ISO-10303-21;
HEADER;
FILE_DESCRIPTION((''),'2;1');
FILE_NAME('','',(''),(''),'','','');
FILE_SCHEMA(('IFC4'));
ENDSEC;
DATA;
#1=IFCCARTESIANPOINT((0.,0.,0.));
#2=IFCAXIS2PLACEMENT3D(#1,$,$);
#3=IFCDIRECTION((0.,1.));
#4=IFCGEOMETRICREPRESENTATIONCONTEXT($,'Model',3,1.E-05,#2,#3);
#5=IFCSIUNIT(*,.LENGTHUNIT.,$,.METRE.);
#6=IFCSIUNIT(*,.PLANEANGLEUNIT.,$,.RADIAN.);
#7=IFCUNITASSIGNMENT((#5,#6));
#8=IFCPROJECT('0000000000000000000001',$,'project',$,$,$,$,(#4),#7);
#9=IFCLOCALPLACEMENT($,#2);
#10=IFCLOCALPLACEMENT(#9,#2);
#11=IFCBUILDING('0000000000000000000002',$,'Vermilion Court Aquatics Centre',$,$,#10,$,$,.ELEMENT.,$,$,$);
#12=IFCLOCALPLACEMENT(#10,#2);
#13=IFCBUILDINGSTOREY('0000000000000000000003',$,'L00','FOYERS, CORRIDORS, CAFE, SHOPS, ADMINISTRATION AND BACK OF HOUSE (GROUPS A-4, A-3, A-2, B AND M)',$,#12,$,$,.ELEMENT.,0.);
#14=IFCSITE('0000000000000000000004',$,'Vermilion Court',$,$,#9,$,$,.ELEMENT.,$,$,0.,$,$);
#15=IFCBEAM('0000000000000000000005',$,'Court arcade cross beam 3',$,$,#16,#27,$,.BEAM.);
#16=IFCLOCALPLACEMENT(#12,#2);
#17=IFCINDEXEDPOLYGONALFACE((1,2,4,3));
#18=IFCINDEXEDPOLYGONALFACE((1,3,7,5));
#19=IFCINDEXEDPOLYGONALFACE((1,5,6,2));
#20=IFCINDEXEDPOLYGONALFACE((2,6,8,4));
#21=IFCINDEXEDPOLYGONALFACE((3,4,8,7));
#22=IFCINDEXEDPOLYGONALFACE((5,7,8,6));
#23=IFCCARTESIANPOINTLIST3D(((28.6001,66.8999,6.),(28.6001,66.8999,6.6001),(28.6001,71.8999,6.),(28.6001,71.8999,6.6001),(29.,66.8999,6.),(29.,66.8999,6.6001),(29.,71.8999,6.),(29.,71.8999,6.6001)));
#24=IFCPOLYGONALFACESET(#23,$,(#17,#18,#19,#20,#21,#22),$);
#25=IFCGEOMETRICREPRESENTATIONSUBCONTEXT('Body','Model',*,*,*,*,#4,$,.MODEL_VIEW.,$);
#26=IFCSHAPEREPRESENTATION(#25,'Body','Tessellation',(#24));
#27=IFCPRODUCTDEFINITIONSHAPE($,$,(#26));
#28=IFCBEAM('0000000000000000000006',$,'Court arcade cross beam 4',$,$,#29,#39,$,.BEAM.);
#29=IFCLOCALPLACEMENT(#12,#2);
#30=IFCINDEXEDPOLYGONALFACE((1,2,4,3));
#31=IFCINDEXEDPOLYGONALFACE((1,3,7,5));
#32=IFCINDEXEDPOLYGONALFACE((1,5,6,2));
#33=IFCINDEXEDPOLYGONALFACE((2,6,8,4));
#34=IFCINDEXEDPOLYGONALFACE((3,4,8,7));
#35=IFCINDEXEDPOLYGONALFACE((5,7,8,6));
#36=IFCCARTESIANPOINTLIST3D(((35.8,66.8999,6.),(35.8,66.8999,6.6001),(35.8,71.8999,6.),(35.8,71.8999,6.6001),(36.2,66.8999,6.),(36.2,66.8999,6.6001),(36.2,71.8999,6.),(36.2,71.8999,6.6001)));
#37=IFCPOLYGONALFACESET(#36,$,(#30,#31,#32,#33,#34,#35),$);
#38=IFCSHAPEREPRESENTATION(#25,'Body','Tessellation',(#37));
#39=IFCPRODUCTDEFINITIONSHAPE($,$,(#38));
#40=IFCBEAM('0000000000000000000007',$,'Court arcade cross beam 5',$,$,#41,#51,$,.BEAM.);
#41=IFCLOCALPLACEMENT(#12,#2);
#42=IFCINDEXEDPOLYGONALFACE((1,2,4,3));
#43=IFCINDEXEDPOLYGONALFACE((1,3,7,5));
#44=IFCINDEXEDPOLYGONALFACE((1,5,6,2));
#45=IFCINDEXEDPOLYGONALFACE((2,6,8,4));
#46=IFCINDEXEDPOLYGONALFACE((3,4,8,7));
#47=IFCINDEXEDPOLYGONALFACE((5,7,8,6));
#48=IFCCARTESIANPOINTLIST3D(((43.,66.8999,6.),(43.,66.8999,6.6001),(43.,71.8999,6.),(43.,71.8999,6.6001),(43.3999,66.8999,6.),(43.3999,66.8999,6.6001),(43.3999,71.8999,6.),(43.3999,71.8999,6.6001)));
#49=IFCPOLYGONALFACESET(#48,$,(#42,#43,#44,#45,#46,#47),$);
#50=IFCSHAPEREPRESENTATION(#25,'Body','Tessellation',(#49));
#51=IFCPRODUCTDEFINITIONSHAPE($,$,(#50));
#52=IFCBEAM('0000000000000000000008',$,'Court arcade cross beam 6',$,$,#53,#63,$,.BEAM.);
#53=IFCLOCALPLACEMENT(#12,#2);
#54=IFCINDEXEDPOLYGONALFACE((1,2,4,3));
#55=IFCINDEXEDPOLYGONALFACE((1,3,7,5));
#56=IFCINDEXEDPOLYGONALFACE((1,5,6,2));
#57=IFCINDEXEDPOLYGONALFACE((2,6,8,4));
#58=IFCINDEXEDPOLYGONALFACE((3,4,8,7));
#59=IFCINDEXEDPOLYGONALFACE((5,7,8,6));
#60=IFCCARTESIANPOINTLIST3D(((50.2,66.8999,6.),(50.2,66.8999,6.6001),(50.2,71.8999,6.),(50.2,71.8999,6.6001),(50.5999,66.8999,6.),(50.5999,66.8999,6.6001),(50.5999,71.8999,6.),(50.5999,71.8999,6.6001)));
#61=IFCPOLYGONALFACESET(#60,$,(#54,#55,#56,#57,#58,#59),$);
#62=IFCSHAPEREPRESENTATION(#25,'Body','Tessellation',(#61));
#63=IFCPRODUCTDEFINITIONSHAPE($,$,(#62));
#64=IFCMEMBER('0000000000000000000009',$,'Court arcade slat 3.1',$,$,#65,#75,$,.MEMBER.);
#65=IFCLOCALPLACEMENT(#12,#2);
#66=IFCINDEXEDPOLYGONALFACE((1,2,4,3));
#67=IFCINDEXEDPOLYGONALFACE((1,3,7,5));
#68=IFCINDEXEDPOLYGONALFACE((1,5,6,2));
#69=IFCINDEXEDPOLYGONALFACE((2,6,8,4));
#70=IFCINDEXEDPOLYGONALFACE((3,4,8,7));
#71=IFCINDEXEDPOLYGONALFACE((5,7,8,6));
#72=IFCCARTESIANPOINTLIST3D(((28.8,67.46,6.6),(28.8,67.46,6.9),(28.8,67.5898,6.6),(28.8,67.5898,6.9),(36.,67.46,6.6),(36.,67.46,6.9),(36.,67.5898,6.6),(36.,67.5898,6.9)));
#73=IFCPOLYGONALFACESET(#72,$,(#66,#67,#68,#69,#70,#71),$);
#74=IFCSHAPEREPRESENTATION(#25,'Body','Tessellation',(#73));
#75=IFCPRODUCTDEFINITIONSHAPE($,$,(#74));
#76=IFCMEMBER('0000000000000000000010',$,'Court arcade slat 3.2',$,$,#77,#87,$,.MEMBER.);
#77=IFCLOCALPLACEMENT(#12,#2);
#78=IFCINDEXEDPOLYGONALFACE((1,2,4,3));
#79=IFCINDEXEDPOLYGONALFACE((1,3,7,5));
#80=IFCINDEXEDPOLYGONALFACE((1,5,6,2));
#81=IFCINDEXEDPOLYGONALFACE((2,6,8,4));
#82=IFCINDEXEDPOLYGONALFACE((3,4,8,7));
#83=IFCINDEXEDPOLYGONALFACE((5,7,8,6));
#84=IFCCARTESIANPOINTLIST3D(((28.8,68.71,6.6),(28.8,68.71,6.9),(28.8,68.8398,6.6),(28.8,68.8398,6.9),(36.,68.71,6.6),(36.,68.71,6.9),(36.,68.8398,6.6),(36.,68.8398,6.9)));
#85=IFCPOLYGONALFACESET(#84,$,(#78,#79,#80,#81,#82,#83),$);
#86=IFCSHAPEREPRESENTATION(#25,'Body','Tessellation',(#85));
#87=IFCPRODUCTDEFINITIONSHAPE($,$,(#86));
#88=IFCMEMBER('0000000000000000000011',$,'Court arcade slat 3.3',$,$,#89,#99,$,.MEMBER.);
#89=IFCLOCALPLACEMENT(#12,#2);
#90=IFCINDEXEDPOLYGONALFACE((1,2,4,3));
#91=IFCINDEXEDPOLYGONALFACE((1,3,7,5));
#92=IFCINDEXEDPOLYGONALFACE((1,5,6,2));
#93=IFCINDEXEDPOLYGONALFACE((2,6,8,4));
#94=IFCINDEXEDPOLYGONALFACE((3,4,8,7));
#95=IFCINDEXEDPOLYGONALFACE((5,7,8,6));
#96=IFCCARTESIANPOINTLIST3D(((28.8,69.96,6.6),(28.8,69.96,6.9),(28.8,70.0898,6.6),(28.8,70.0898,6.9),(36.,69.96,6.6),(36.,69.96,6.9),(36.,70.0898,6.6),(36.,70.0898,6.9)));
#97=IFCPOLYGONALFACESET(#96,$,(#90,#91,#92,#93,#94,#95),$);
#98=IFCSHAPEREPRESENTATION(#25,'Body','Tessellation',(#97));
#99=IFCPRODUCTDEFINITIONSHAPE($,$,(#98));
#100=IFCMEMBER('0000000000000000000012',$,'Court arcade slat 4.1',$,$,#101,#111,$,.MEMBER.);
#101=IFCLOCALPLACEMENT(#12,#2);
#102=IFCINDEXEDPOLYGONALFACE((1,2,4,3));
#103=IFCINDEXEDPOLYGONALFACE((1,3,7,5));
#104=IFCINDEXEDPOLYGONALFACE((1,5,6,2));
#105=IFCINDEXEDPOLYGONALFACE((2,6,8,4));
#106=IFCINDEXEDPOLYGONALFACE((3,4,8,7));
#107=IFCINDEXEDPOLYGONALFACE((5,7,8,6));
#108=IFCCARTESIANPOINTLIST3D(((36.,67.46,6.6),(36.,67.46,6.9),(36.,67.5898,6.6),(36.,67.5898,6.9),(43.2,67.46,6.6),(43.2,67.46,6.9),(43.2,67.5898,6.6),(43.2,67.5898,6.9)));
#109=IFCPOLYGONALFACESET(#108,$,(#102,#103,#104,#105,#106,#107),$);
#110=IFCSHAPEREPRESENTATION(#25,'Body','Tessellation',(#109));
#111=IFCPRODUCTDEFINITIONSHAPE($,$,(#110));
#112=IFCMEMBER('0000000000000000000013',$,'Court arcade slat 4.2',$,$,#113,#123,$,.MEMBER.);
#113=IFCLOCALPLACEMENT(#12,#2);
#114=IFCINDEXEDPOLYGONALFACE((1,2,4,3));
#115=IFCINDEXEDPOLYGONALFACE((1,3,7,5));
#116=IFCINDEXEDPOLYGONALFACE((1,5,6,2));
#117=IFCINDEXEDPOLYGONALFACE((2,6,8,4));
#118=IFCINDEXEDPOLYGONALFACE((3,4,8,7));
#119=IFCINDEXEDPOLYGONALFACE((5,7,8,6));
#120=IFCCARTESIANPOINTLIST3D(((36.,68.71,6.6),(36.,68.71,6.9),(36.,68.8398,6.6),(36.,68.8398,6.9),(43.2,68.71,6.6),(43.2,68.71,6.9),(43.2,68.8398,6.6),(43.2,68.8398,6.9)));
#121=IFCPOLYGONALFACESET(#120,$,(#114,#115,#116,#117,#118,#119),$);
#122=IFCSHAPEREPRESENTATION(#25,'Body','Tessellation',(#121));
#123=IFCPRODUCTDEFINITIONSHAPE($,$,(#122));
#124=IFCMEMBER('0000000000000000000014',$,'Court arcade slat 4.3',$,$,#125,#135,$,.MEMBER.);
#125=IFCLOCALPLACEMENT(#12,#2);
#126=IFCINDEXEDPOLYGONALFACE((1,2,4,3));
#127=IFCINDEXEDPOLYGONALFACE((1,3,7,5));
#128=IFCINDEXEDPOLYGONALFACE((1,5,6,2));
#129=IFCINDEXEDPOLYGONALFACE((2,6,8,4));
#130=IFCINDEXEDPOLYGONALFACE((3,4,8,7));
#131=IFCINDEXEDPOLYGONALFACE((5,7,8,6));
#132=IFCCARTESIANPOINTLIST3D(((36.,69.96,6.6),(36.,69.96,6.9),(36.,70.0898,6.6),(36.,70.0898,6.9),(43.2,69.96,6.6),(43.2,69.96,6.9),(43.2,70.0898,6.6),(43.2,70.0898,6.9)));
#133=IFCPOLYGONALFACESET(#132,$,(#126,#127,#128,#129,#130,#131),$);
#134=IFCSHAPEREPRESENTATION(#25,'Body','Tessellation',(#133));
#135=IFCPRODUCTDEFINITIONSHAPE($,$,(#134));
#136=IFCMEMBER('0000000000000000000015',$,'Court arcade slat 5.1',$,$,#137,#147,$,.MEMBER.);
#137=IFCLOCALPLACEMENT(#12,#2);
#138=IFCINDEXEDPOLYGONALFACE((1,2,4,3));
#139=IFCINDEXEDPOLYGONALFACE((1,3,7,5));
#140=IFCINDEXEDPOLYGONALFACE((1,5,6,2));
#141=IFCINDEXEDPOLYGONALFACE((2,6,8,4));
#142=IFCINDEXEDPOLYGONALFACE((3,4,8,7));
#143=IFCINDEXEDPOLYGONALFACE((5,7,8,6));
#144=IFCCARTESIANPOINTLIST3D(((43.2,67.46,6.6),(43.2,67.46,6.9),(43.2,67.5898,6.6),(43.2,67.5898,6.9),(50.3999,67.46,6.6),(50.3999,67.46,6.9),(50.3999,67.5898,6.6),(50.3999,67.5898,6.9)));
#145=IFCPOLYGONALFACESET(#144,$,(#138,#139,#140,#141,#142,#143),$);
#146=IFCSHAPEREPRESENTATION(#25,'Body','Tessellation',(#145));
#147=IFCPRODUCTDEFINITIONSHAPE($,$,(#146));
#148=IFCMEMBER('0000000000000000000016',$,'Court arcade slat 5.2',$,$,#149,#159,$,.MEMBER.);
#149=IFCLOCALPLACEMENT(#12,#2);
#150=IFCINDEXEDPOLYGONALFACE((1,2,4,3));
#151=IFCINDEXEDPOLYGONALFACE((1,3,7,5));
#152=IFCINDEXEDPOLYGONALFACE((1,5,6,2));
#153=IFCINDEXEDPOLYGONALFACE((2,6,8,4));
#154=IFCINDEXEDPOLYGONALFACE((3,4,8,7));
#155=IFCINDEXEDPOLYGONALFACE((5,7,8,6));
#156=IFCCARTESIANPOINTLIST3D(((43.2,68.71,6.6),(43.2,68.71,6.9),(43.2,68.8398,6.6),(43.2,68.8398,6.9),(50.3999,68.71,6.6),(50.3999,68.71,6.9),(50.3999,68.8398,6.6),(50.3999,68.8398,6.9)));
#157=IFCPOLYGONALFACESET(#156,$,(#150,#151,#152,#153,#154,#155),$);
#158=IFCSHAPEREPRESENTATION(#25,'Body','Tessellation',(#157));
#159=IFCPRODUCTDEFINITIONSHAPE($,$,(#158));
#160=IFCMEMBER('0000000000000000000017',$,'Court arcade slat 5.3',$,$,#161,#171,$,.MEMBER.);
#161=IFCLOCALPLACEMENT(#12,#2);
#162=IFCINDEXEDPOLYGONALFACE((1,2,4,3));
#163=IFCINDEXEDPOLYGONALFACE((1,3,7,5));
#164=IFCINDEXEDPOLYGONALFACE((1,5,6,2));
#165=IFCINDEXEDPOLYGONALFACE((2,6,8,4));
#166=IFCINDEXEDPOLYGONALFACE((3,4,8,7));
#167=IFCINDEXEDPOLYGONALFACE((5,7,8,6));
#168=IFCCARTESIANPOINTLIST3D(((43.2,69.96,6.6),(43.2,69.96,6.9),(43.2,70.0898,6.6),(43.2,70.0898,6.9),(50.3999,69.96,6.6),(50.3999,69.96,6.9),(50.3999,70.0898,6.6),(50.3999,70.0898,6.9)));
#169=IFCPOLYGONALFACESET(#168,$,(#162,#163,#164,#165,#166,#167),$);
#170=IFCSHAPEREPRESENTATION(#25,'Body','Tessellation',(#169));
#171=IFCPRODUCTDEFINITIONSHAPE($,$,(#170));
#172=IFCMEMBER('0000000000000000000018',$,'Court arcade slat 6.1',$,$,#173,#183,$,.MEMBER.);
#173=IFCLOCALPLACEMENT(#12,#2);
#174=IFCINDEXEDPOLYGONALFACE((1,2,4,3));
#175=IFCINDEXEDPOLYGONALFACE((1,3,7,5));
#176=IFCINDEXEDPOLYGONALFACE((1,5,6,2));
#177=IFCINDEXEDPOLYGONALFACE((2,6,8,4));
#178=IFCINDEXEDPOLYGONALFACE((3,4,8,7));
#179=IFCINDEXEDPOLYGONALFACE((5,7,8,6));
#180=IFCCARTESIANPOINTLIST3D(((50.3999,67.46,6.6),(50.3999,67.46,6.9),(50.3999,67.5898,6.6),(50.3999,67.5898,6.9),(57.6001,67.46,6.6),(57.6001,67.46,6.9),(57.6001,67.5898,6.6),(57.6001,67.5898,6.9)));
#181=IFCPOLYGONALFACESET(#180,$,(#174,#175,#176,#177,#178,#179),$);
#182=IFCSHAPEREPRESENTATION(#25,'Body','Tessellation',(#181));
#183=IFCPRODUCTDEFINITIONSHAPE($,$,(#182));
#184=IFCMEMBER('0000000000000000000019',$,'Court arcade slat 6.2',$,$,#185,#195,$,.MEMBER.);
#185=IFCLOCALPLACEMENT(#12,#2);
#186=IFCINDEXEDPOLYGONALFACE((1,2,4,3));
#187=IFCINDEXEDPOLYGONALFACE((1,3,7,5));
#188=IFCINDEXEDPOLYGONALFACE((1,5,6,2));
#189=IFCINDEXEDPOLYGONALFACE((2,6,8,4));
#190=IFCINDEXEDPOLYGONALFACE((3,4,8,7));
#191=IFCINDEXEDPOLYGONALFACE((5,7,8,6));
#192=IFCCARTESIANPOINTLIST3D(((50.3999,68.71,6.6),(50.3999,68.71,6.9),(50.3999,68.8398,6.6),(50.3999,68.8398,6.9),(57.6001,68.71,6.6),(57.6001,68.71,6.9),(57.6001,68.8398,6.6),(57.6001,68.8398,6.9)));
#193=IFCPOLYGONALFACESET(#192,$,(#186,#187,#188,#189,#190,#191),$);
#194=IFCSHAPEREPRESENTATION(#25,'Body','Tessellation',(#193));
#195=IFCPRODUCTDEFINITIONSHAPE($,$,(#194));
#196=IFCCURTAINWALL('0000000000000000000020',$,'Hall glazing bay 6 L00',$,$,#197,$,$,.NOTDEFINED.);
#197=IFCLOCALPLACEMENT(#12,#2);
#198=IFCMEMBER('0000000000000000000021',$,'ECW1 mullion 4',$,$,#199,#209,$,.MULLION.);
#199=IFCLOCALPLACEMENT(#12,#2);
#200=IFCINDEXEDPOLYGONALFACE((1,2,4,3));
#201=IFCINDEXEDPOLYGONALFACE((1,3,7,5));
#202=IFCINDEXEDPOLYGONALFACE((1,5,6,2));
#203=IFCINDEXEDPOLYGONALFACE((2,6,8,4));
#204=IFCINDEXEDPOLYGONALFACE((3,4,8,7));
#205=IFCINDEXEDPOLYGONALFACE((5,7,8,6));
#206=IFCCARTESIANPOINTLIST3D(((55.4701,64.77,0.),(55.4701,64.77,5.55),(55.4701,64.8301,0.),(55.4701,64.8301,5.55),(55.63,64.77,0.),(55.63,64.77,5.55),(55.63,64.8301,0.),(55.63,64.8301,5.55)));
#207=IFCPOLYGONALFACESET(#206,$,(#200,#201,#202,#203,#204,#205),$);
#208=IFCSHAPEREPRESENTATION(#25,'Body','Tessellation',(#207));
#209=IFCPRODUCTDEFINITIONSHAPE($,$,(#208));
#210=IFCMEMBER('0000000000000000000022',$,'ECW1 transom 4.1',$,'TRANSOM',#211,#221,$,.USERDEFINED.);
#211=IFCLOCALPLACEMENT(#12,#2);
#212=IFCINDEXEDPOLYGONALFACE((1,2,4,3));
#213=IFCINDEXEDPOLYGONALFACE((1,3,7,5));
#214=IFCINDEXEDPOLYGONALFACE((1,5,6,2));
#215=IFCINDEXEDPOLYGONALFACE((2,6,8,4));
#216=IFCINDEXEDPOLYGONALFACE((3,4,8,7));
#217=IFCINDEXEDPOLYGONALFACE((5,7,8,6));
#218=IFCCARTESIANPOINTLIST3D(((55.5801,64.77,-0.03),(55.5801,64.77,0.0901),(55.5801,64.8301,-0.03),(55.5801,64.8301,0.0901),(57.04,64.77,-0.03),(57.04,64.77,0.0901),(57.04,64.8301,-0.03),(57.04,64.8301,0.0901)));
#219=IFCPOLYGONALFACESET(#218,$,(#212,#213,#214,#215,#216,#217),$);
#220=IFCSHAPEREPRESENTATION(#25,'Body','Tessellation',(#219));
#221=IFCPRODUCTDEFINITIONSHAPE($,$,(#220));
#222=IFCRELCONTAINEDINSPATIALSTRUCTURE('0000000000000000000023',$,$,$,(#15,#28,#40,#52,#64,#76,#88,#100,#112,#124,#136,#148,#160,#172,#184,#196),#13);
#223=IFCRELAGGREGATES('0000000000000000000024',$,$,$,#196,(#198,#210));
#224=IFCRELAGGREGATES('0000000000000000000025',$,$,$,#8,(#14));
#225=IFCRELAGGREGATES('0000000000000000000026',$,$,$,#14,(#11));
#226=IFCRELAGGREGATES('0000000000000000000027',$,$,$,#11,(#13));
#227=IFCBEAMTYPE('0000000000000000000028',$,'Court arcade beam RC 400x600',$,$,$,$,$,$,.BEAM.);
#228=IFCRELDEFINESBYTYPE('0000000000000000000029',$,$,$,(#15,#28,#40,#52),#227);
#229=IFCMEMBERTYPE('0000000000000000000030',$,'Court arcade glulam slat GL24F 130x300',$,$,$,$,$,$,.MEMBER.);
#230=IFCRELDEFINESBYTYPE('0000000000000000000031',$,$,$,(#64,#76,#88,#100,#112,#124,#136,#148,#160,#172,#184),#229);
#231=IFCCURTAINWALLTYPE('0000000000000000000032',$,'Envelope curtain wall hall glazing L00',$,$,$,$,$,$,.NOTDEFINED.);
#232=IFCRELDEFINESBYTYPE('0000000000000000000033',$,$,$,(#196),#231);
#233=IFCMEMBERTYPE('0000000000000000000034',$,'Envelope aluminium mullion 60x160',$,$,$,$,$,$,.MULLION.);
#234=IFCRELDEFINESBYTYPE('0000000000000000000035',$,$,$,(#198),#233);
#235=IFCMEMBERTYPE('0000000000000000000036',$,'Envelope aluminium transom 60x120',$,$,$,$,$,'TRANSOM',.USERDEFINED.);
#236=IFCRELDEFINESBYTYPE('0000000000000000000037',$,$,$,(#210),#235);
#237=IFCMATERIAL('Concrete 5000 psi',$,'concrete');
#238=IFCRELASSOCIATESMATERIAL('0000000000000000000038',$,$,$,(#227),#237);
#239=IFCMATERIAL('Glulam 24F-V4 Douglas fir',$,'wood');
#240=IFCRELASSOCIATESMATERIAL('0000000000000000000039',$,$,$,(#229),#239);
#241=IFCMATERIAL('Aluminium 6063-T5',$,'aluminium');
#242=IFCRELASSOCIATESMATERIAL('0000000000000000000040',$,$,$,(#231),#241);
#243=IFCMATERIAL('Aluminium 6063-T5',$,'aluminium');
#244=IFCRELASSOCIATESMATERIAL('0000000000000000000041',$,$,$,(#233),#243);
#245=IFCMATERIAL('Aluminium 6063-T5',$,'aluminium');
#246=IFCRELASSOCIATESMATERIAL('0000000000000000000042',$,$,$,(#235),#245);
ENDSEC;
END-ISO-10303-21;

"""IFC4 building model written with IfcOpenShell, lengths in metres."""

from ifc_helpers import new_model, si_unit, direction, frame, origin, origin_2d, place, context, subcontext, project, spatial, rectangle, extrude, material, material_profile, profile_set, type_object, element, aggregate, save


model = new_model("IFC4")

# Units and contexts
model_context = context("Model", 3, precision=1e-05, world=origin(), true_north=direction((0.0, 1.0)))
body_context = subcontext(model_context, "Body", "Model", "MODEL_VIEW")
ifc_project = project(units=[si_unit("LENGTHUNIT", "METRE"), si_unit("PLANEANGLEUNIT", "RADIAN")], contexts=[model_context])

# Site, building, storey
site_placement = place(None, origin())
site = spatial("IfcSite", under=ifc_project, at=site_placement, Name="Vermilion Court", CompositionType="ELEMENT", RefElevation=0.0)
building_placement = place(site_placement, origin())
building = spatial("IfcBuilding", under=site, at=building_placement, Name="Vermilion Court Aquatics Centre", CompositionType="ELEMENT")
storey_placement = place(building_placement, origin())
storey = spatial("IfcBuildingStorey", under=building, at=storey_placement, Name="L00", Description="FOYERS, CORRIDORS, CAFE, SHOPS, ADMINISTRATION AND BACK OF HOUSE (GROUPS A-4, A-3, A-2, B AND M)", CompositionType="ELEMENT", Elevation=0.0)

# Beams
ifc_material_1 = material(Name="Concrete 5000 psi", Category="concrete")
ifc_material_profile_1 = material_profile(ifc_material_1, rectangle(XDim=0.3999, YDim=0.6001, at=origin_2d()), Name="RC 400x600")
ifc_profile_set_1 = profile_set([ifc_material_profile_1], Name="Concrete 5000 psi")
beam_type = type_object("IfcBeamType", Name="Court arcade beam RC 400x600", PredefinedType="BEAM", material=ifc_profile_set_1)
for number, where, z_axis, x_axis, name in (
    (1, (28.8, 66.8999, 6.3), (0.0, 1.0, 0.0), (-1.0, 0.0, 0.0), "Court arcade cross beam 3"),
    (2, (36.0, 66.8999, 6.3), (0.0, 1.0, 0.0), (-1.0, 0.0, 0.0), "Court arcade cross beam 4"),
    (3, (43.2, 66.8999, 6.3), (0.0, 1.0, 0.0), (-1.0, 0.0, 0.0), "Court arcade cross beam 5"),
    (4, (50.3999, 66.8999, 6.3), (0.0, 1.0, 0.0), (-1.0, 0.0, 0.0), "Court arcade cross beam 6"),
):
    element("IfcBeam", number, at=place(storey_placement, frame(where, z_axis=z_axis, x_axis=x_axis)), inside=storey, type_object=beam_type, Name=name, PredefinedType="BEAM", context=body_context, shape_type="SweptSolid", body=[
        extrude(rectangle(XDim=0.3999, YDim=0.6001, at=origin_2d()), origin(), (0.0, 0.0, 1.0), 5.0),
    ])

# Members
ifc_material_2 = material(Name="Glulam 24F-V4 Douglas fir", Category="wood")
ifc_material_profile_2 = material_profile(ifc_material_2, rectangle(XDim=0.1299, YDim=0.3, at=origin_2d()), Name="GL24F 130x300")
ifc_profile_set_2 = profile_set([ifc_material_profile_2], Name="Glulam 24F-V4 Douglas fir")
member_type_1 = type_object("IfcMemberType", Name="Court arcade glulam slat GL24F 130x300", PredefinedType="MEMBER", material=ifc_profile_set_2)
for number, where, z_axis, x_axis, name in (
    (5, (28.8, 67.5249, 6.75), (1.0, 0.0, 0.0), (0.0, 1.0, 0.0), "Court arcade slat 3.1"),
    (6, (28.8, 68.7749, 6.75), (1.0, 0.0, 0.0), (0.0, 1.0, 0.0), "Court arcade slat 3.2"),
    (7, (28.8, 70.0249, 6.75), (1.0, 0.0, 0.0), (0.0, 1.0, 0.0), "Court arcade slat 3.3"),
    (8, (36.0, 67.5249, 6.75), (1.0, 0.0, 0.0), (0.0, 1.0, 0.0), "Court arcade slat 4.1"),
    (9, (36.0, 68.7749, 6.75), (1.0, 0.0, 0.0), (0.0, 1.0, 0.0), "Court arcade slat 4.2"),
    (10, (36.0, 70.0249, 6.75), (1.0, 0.0, 0.0), (0.0, 1.0, 0.0), "Court arcade slat 4.3"),
    (11, (43.2, 67.5249, 6.75), (1.0, 0.0, 0.0), (0.0, 1.0, 0.0), "Court arcade slat 5.1"),
    (12, (43.2, 68.7749, 6.75), (1.0, 0.0, 0.0), (0.0, 1.0, 0.0), "Court arcade slat 5.2"),
    (13, (43.2, 70.0249, 6.75), (1.0, 0.0, 0.0), (0.0, 1.0, 0.0), "Court arcade slat 5.3"),
):
    element("IfcMember", number, at=place(storey_placement, frame(where, z_axis=z_axis, x_axis=x_axis)), inside=storey, type_object=member_type_1, Name=name, PredefinedType="MEMBER", context=body_context, shape_type="SweptSolid", body=[
        extrude(rectangle(XDim=0.1299, YDim=0.3, at=origin_2d()), origin(), (0.0, 0.0, 1.0), 7.2),
    ])
for number, where, z_axis, x_axis, name in (
    (14, (50.3999, 67.5249, 6.75), (1.0, 0.0, 0.0), (0.0, 1.0, 0.0), "Court arcade slat 6.1"),
    (15, (50.3999, 68.7749, 6.75), (1.0, 0.0, 0.0), (0.0, 1.0, 0.0), "Court arcade slat 6.2"),
):
    element("IfcMember", number, at=place(storey_placement, frame(where, z_axis=z_axis, x_axis=x_axis)), inside=storey, type_object=member_type_1, Name=name, PredefinedType="MEMBER", context=body_context, shape_type="SweptSolid", body=[
        extrude(rectangle(XDim=0.1299, YDim=0.3, at=origin_2d()), origin(), (0.0, 0.0, 1.0), 7.2002),
    ])

# Curtain wall, members
ifc_material_3 = material(Name="Aluminium 6063-T5", Category="aluminium")
curtain_wall_type = type_object("IfcCurtainWallType", Name="Envelope curtain wall hall glazing L00", PredefinedType="NOTDEFINED", material=ifc_material_3)
curtain_wall_placement = place(storey_placement, origin())
curtain_wall = element("IfcCurtainWall", 16, at=curtain_wall_placement, inside=storey, type_object=curtain_wall_type, Name="Hall glazing bay 6 L00", PredefinedType="NOTDEFINED")
ifc_material_4 = material(Name="Aluminium 6063-T5", Category="aluminium")
ifc_material_profile_3 = material_profile(ifc_material_4, rectangle(XDim=0.0601, YDim=0.1599, at=origin_2d()), Name="AL 60x160")
ifc_profile_set_3 = profile_set([ifc_material_profile_3], Name="Aluminium 6063-T5")
member_type_2 = type_object("IfcMemberType", Name="Envelope aluminium mullion 60x160", PredefinedType="MULLION", material=ifc_profile_set_3)
member_1_placement = place(storey_placement, frame((55.55, 64.8, 0.0), z_axis=(0.0, 0.0, 1.0), x_axis=(0.0, 1.0, 0.0)))
member_1 = element("IfcMember", 17, at=member_1_placement, type_object=member_type_2, Name="ECW1 mullion 4", PredefinedType="MULLION", context=body_context, shape_type="SweptSolid", body=[
    extrude(rectangle(XDim=0.0601, YDim=0.1599, at=origin_2d()), origin(), (0.0, 0.0, 1.0), 5.55),
])
ifc_material_5 = material(Name="Aluminium 6063-T5", Category="aluminium")
ifc_material_profile_4 = material_profile(ifc_material_5, rectangle(XDim=0.0601, YDim=0.1201, at=origin_2d()), Name="AL 60x120")
ifc_profile_set_4 = profile_set([ifc_material_profile_4], Name="Aluminium 6063-T5")
member_type_3 = type_object("IfcMemberType", Name="Envelope aluminium transom 60x120", ElementType="TRANSOM", PredefinedType="USERDEFINED", material=ifc_profile_set_4)
member_2_placement = place(storey_placement, frame((55.5801, 64.8, 0.03), z_axis=(1.0, 0.0, 0.0), x_axis=(0.0, 1.0, 0.0)))
member_2 = element("IfcMember", 18, at=member_2_placement, type_object=member_type_3, Name="ECW1 transom 4.1", ObjectType="TRANSOM", PredefinedType="USERDEFINED", context=body_context, shape_type="SweptSolid", body=[
    extrude(rectangle(XDim=0.0601, YDim=0.1201, at=origin_2d()), origin(), (0.0, 0.0, 1.0), 1.46),
])
aggregate(curtain_wall, [member_1, member_2])

save(model, "model.ifc")
